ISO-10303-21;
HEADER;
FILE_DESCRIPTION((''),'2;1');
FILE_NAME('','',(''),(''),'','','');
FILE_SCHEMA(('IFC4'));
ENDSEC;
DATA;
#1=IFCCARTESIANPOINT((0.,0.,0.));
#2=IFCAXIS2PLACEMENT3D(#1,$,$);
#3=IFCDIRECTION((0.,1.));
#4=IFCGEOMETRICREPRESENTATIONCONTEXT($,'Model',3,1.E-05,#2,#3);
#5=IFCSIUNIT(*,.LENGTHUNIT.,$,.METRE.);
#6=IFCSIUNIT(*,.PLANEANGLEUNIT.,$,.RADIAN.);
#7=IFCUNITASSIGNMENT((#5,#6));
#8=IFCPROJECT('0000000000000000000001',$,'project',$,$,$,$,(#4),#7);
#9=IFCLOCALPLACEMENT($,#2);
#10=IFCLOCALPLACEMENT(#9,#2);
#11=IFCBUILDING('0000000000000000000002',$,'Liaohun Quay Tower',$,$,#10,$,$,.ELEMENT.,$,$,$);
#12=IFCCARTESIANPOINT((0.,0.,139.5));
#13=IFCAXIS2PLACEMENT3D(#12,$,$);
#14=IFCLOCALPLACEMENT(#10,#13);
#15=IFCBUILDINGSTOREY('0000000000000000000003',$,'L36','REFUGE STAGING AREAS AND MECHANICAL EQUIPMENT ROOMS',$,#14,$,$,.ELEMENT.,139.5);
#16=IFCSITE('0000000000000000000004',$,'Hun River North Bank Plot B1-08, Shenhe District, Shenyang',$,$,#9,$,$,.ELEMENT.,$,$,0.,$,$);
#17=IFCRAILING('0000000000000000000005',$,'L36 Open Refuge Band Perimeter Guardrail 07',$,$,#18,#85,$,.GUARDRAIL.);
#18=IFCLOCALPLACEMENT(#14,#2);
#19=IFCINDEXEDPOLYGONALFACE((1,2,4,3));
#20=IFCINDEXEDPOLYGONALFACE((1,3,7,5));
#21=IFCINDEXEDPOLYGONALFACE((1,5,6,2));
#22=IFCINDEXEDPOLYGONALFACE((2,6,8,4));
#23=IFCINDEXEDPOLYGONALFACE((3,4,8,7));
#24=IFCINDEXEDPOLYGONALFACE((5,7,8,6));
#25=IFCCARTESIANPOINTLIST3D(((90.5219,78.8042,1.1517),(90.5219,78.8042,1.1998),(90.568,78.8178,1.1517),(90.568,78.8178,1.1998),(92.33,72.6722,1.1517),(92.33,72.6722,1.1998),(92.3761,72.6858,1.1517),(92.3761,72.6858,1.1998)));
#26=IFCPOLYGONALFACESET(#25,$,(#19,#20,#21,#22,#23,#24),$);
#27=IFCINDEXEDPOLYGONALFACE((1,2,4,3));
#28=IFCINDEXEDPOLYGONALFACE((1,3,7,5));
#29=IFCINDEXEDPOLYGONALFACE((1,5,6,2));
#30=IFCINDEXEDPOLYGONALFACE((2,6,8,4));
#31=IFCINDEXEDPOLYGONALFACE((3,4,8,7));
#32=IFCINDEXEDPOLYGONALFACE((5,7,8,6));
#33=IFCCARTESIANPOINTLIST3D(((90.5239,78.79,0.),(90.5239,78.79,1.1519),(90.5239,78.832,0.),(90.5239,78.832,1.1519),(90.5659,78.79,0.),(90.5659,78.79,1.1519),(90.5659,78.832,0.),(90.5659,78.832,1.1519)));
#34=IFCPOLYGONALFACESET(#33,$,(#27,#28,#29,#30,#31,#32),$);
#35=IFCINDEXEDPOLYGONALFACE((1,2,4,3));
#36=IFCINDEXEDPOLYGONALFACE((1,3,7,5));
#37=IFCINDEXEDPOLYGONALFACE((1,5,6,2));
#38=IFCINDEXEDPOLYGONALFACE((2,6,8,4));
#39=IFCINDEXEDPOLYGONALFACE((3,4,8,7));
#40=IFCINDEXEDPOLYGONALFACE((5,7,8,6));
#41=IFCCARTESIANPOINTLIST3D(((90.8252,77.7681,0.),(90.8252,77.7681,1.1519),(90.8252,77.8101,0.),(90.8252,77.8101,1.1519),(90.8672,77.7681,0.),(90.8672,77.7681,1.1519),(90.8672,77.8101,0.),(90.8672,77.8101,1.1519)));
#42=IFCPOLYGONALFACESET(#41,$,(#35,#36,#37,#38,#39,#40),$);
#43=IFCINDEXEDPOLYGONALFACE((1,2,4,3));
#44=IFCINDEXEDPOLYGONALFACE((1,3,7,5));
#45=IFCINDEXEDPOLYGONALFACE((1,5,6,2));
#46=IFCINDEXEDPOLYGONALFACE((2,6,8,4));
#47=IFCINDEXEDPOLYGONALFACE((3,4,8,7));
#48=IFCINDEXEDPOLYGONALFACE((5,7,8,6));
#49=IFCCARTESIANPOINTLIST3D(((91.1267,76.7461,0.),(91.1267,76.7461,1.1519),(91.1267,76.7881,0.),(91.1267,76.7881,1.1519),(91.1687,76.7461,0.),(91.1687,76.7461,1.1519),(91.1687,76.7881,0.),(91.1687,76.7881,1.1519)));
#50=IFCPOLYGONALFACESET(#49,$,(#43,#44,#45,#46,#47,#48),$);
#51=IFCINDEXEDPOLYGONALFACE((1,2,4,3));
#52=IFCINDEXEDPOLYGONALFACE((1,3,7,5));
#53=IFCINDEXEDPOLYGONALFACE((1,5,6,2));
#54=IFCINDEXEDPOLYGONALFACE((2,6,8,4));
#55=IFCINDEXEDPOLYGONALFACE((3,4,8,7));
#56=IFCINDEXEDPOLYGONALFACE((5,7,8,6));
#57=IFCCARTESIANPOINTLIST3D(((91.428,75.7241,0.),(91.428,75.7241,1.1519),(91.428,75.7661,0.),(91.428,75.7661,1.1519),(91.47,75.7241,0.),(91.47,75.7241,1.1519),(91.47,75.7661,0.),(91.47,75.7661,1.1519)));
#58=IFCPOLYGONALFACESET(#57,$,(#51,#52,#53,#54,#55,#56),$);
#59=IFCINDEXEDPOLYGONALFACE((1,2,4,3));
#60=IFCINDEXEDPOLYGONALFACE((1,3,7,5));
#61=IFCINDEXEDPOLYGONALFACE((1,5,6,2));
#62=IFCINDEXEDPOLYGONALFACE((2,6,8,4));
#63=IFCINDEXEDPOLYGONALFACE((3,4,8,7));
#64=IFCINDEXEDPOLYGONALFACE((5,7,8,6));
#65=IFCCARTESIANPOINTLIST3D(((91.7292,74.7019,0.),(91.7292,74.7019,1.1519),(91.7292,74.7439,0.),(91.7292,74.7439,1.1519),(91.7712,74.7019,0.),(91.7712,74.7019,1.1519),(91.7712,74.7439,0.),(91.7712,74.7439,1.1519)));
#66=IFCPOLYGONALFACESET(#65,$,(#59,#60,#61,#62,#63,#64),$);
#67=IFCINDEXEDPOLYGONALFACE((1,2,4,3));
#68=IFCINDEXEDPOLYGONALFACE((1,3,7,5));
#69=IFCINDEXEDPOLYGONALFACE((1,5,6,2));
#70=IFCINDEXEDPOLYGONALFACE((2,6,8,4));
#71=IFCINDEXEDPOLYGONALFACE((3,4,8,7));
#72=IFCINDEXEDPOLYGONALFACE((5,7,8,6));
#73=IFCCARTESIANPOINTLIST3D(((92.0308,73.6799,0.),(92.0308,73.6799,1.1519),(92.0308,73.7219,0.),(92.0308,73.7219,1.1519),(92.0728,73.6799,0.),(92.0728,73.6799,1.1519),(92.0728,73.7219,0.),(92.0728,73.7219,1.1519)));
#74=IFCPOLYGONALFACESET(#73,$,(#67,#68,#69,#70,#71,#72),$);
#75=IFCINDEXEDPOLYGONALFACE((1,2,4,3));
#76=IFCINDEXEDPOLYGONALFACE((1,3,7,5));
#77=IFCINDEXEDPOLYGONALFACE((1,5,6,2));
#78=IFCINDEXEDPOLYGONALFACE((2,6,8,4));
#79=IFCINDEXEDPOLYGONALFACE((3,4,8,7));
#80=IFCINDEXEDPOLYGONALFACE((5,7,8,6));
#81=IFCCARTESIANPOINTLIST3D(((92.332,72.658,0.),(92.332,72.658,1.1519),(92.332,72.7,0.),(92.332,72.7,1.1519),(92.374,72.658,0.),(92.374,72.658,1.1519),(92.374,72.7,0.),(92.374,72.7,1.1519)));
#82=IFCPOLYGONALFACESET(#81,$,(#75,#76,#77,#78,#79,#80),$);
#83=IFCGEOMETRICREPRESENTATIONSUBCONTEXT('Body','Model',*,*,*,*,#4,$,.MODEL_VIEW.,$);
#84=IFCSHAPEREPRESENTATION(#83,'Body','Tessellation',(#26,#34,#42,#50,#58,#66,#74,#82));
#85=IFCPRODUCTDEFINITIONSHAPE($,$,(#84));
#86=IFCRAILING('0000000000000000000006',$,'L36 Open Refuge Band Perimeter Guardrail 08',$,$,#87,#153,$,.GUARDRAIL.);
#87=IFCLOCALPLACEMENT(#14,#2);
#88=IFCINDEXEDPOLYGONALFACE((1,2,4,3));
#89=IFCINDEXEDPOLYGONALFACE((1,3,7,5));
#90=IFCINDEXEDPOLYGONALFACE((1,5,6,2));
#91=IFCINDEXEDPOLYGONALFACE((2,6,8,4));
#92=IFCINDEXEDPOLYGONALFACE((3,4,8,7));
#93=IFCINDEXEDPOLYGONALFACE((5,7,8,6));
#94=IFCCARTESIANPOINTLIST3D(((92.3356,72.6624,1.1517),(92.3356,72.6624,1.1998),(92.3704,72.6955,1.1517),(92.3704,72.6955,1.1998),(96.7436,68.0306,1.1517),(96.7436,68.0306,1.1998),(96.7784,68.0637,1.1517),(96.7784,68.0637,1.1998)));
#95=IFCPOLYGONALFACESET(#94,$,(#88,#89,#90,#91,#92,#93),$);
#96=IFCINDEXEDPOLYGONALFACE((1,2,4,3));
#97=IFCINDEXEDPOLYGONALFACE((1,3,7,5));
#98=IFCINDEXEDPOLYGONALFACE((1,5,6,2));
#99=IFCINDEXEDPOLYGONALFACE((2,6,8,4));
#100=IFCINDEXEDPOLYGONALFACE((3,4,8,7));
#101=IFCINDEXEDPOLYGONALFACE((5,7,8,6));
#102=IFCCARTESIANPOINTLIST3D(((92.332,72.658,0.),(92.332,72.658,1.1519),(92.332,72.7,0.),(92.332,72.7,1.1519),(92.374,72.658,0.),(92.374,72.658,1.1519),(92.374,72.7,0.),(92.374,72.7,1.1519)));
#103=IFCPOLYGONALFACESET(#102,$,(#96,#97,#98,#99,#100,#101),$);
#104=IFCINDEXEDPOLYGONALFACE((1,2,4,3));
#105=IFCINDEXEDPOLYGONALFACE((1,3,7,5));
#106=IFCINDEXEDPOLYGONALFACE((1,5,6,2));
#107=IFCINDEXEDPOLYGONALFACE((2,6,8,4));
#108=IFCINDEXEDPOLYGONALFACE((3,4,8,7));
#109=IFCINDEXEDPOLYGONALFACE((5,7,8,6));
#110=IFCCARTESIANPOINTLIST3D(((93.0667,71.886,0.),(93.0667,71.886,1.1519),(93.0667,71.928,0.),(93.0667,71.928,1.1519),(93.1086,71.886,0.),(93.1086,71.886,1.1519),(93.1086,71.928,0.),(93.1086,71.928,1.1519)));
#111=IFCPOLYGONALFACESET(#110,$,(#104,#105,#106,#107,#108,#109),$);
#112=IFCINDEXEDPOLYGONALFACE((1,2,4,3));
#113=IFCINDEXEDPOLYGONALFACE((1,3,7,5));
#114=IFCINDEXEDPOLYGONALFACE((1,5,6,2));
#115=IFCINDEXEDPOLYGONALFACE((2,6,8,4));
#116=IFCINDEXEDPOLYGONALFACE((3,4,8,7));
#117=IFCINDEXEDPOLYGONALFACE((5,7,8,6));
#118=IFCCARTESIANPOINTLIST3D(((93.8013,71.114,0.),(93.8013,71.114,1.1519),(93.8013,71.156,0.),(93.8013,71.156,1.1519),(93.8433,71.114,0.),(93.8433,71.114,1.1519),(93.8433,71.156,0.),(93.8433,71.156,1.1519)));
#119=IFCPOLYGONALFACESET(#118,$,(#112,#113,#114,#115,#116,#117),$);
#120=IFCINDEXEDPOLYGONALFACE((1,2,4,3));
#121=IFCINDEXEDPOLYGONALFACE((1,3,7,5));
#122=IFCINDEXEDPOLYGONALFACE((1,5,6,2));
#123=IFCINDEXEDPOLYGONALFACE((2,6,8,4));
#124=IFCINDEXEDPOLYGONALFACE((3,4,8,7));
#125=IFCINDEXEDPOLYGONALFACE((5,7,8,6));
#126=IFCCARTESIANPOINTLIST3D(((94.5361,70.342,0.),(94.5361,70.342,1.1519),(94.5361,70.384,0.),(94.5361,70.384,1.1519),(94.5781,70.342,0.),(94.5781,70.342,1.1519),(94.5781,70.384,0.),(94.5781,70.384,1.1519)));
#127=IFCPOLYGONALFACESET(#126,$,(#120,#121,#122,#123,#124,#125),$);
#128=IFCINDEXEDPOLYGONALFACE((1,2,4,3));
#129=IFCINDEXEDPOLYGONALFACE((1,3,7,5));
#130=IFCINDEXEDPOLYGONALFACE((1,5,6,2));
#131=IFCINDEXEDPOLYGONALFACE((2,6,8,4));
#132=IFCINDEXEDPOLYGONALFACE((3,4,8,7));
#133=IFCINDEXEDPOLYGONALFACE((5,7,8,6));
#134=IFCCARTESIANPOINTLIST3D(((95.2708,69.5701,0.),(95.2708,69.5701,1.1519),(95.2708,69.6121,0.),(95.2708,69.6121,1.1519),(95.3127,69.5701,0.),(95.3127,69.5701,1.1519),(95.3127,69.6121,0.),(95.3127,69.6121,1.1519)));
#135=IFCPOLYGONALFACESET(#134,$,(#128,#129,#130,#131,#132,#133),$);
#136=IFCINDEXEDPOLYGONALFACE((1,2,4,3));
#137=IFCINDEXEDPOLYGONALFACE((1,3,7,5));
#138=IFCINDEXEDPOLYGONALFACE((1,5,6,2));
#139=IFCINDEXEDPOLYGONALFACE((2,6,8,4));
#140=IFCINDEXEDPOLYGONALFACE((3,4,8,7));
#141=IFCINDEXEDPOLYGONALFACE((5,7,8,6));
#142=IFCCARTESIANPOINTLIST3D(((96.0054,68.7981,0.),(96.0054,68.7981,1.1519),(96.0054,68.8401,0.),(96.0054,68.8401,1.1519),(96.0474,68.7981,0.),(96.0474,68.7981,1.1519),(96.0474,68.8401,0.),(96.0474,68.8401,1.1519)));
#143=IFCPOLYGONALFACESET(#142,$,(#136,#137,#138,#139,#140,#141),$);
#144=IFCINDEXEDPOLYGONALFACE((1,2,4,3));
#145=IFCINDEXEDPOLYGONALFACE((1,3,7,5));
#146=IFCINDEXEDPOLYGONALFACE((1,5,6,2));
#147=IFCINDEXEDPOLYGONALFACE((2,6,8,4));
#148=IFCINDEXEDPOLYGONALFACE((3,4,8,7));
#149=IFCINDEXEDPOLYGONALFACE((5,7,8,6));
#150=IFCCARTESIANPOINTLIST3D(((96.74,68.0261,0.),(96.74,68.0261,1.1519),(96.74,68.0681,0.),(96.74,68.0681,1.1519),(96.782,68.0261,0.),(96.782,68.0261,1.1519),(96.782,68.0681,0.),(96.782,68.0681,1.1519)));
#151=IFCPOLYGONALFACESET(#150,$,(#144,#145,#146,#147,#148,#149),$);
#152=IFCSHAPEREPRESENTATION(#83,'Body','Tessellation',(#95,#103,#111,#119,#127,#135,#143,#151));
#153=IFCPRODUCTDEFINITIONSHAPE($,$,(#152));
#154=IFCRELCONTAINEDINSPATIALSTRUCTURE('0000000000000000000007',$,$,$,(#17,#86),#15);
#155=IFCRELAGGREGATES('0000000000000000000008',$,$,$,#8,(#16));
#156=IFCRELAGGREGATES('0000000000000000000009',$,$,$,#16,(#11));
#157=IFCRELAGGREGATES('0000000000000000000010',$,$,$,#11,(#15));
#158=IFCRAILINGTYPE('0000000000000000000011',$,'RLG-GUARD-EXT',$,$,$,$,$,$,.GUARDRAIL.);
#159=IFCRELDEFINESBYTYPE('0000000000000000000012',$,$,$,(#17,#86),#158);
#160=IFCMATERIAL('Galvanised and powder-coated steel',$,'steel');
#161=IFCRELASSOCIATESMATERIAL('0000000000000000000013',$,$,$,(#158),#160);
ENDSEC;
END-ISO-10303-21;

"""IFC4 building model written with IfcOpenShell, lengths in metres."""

from ifc_helpers import new_model, si_unit, direction, frame, origin, origin_2d, place, context, subcontext, project, spatial, rectangle, extrude, material, type_object, element, save


model = new_model("IFC4")

# Units and contexts
model_context = context("Model", 3, precision=1e-05, world=origin(), true_north=direction((0.0, 1.0)))
body_context = subcontext(model_context, "Body", "Model", "MODEL_VIEW")
ifc_project = project(units=[si_unit("LENGTHUNIT", "METRE"), si_unit("PLANEANGLEUNIT", "RADIAN")], contexts=[model_context])

# Site, building, storey
site_placement = place(None, origin())
site = spatial("IfcSite", under=ifc_project, at=site_placement, Name="Hun River North Bank Plot B1-08, Shenhe District, Shenyang", CompositionType="ELEMENT", RefElevation=0.0)
building_placement = place(site_placement, origin())
building = spatial("IfcBuilding", under=site, at=building_placement, Name="Liaohun Quay Tower", CompositionType="ELEMENT")
storey_placement = place(building_placement, frame((0.0, 0.0, 139.5)))
storey = spatial("IfcBuildingStorey", under=building, at=storey_placement, Name="L36", Description="REFUGE STAGING AREAS AND MECHANICAL EQUIPMENT ROOMS", CompositionType="ELEMENT", Elevation=139.5)

# Railings
ifc_material_1 = material(Name="Galvanised and powder-coated steel", Category="steel")
railing_type = type_object("IfcRailingType", Name="RLG-GUARD-EXT", PredefinedType="GUARDRAIL", material=ifc_material_1)
railing_1_placement = place(storey_placement, frame((90.5449, 78.811, 0.0)))
element("IfcRailing", 1, at=railing_1_placement, inside=storey, type_object=railing_type, Name="L36 Open Refuge Band Perimeter Guardrail 07", PredefinedType="GUARDRAIL", context=body_context, shape_type="SweptSolid", body=[
    extrude(rectangle(XDim=0.0481, YDim=0.0481, at=origin_2d()), frame((0.0, 0.0, 1.1758), z_axis=(0.282822, -0.959173, 0.0), x_axis=(0.959173, 0.282822, 0.0)), (0.0, 0.0, 1.0), 6.3931),
    extrude(rectangle(XDim=0.042, YDim=0.042, at=origin_2d()), origin(), (0.0, 0.0, 1.0), 1.1519),
    extrude(rectangle(XDim=0.042, YDim=0.042, at=origin_2d()), frame((0.3013, -1.022, 0.0)), (0.0, 0.0, 1.0), 1.1519),
    extrude(rectangle(XDim=0.042, YDim=0.042, at=origin_2d()), frame((0.6028, -2.0439, 0.0)), (0.0, 0.0, 1.0), 1.1519),
    extrude(rectangle(XDim=0.042, YDim=0.042, at=origin_2d()), frame((0.9041, -3.0659, 0.0)), (0.0, 0.0, 1.0), 1.1519),
    extrude(rectangle(XDim=0.042, YDim=0.042, at=origin_2d()), frame((1.2053, -4.0881, 0.0)), (0.0, 0.0, 1.0), 1.1519),
    extrude(rectangle(XDim=0.042, YDim=0.042, at=origin_2d()), frame((1.5068, -5.1101, 0.0)), (0.0, 0.0, 1.0), 1.1519),
    extrude(rectangle(XDim=0.042, YDim=0.042, at=origin_2d()), frame((1.8081, -6.1321, 0.0)), (0.0, 0.0, 1.0), 1.1519),
])
railing_2_placement = place(storey_placement, frame((92.353, 72.679, 0.0)))
element("IfcRailing", 2, at=railing_2_placement, inside=storey, type_object=railing_type, Name="L36 Open Refuge Band Perimeter Guardrail 08", PredefinedType="GUARDRAIL", context=body_context, shape_type="SweptSolid", body=[
    extrude(rectangle(XDim=0.0481, YDim=0.0481, at=origin_2d()), frame((0.0, 0.0, 1.1758), z_axis=(0.689383, -0.724397, 0.0), x_axis=(0.724397, 0.689383, 0.0)), (0.0, 0.0, 1.0), 6.394),
    extrude(rectangle(XDim=0.042, YDim=0.042, at=origin_2d()), origin(), (0.0, 0.0, 1.0), 1.1519),
    extrude(rectangle(XDim=0.042, YDim=0.042, at=origin_2d()), frame((0.7346, -0.772, 0.0)), (0.0, 0.0, 1.0), 1.1519),
    extrude(rectangle(XDim=0.042, YDim=0.042, at=origin_2d()), frame((1.4692, -1.5439, 0.0)), (0.0, 0.0, 1.0), 1.1519),
    extrude(rectangle(XDim=0.042, YDim=0.042, at=origin_2d()), frame((2.2041, -2.3159, 0.0)), (0.0, 0.0, 1.0), 1.1519),
    extrude(rectangle(XDim=0.042, YDim=0.042, at=origin_2d()), frame((2.9387, -3.0879, 0.0)), (0.0, 0.0, 1.0), 1.1519),
    extrude(rectangle(XDim=0.042, YDim=0.042, at=origin_2d()), frame((3.6733, -3.8599, 0.0)), (0.0, 0.0, 1.0), 1.1519),
    extrude(rectangle(XDim=0.042, YDim=0.042, at=origin_2d()), frame((4.408, -4.6318, 0.0)), (0.0, 0.0, 1.0), 1.1519),
])

save(model, "model.ifc")
